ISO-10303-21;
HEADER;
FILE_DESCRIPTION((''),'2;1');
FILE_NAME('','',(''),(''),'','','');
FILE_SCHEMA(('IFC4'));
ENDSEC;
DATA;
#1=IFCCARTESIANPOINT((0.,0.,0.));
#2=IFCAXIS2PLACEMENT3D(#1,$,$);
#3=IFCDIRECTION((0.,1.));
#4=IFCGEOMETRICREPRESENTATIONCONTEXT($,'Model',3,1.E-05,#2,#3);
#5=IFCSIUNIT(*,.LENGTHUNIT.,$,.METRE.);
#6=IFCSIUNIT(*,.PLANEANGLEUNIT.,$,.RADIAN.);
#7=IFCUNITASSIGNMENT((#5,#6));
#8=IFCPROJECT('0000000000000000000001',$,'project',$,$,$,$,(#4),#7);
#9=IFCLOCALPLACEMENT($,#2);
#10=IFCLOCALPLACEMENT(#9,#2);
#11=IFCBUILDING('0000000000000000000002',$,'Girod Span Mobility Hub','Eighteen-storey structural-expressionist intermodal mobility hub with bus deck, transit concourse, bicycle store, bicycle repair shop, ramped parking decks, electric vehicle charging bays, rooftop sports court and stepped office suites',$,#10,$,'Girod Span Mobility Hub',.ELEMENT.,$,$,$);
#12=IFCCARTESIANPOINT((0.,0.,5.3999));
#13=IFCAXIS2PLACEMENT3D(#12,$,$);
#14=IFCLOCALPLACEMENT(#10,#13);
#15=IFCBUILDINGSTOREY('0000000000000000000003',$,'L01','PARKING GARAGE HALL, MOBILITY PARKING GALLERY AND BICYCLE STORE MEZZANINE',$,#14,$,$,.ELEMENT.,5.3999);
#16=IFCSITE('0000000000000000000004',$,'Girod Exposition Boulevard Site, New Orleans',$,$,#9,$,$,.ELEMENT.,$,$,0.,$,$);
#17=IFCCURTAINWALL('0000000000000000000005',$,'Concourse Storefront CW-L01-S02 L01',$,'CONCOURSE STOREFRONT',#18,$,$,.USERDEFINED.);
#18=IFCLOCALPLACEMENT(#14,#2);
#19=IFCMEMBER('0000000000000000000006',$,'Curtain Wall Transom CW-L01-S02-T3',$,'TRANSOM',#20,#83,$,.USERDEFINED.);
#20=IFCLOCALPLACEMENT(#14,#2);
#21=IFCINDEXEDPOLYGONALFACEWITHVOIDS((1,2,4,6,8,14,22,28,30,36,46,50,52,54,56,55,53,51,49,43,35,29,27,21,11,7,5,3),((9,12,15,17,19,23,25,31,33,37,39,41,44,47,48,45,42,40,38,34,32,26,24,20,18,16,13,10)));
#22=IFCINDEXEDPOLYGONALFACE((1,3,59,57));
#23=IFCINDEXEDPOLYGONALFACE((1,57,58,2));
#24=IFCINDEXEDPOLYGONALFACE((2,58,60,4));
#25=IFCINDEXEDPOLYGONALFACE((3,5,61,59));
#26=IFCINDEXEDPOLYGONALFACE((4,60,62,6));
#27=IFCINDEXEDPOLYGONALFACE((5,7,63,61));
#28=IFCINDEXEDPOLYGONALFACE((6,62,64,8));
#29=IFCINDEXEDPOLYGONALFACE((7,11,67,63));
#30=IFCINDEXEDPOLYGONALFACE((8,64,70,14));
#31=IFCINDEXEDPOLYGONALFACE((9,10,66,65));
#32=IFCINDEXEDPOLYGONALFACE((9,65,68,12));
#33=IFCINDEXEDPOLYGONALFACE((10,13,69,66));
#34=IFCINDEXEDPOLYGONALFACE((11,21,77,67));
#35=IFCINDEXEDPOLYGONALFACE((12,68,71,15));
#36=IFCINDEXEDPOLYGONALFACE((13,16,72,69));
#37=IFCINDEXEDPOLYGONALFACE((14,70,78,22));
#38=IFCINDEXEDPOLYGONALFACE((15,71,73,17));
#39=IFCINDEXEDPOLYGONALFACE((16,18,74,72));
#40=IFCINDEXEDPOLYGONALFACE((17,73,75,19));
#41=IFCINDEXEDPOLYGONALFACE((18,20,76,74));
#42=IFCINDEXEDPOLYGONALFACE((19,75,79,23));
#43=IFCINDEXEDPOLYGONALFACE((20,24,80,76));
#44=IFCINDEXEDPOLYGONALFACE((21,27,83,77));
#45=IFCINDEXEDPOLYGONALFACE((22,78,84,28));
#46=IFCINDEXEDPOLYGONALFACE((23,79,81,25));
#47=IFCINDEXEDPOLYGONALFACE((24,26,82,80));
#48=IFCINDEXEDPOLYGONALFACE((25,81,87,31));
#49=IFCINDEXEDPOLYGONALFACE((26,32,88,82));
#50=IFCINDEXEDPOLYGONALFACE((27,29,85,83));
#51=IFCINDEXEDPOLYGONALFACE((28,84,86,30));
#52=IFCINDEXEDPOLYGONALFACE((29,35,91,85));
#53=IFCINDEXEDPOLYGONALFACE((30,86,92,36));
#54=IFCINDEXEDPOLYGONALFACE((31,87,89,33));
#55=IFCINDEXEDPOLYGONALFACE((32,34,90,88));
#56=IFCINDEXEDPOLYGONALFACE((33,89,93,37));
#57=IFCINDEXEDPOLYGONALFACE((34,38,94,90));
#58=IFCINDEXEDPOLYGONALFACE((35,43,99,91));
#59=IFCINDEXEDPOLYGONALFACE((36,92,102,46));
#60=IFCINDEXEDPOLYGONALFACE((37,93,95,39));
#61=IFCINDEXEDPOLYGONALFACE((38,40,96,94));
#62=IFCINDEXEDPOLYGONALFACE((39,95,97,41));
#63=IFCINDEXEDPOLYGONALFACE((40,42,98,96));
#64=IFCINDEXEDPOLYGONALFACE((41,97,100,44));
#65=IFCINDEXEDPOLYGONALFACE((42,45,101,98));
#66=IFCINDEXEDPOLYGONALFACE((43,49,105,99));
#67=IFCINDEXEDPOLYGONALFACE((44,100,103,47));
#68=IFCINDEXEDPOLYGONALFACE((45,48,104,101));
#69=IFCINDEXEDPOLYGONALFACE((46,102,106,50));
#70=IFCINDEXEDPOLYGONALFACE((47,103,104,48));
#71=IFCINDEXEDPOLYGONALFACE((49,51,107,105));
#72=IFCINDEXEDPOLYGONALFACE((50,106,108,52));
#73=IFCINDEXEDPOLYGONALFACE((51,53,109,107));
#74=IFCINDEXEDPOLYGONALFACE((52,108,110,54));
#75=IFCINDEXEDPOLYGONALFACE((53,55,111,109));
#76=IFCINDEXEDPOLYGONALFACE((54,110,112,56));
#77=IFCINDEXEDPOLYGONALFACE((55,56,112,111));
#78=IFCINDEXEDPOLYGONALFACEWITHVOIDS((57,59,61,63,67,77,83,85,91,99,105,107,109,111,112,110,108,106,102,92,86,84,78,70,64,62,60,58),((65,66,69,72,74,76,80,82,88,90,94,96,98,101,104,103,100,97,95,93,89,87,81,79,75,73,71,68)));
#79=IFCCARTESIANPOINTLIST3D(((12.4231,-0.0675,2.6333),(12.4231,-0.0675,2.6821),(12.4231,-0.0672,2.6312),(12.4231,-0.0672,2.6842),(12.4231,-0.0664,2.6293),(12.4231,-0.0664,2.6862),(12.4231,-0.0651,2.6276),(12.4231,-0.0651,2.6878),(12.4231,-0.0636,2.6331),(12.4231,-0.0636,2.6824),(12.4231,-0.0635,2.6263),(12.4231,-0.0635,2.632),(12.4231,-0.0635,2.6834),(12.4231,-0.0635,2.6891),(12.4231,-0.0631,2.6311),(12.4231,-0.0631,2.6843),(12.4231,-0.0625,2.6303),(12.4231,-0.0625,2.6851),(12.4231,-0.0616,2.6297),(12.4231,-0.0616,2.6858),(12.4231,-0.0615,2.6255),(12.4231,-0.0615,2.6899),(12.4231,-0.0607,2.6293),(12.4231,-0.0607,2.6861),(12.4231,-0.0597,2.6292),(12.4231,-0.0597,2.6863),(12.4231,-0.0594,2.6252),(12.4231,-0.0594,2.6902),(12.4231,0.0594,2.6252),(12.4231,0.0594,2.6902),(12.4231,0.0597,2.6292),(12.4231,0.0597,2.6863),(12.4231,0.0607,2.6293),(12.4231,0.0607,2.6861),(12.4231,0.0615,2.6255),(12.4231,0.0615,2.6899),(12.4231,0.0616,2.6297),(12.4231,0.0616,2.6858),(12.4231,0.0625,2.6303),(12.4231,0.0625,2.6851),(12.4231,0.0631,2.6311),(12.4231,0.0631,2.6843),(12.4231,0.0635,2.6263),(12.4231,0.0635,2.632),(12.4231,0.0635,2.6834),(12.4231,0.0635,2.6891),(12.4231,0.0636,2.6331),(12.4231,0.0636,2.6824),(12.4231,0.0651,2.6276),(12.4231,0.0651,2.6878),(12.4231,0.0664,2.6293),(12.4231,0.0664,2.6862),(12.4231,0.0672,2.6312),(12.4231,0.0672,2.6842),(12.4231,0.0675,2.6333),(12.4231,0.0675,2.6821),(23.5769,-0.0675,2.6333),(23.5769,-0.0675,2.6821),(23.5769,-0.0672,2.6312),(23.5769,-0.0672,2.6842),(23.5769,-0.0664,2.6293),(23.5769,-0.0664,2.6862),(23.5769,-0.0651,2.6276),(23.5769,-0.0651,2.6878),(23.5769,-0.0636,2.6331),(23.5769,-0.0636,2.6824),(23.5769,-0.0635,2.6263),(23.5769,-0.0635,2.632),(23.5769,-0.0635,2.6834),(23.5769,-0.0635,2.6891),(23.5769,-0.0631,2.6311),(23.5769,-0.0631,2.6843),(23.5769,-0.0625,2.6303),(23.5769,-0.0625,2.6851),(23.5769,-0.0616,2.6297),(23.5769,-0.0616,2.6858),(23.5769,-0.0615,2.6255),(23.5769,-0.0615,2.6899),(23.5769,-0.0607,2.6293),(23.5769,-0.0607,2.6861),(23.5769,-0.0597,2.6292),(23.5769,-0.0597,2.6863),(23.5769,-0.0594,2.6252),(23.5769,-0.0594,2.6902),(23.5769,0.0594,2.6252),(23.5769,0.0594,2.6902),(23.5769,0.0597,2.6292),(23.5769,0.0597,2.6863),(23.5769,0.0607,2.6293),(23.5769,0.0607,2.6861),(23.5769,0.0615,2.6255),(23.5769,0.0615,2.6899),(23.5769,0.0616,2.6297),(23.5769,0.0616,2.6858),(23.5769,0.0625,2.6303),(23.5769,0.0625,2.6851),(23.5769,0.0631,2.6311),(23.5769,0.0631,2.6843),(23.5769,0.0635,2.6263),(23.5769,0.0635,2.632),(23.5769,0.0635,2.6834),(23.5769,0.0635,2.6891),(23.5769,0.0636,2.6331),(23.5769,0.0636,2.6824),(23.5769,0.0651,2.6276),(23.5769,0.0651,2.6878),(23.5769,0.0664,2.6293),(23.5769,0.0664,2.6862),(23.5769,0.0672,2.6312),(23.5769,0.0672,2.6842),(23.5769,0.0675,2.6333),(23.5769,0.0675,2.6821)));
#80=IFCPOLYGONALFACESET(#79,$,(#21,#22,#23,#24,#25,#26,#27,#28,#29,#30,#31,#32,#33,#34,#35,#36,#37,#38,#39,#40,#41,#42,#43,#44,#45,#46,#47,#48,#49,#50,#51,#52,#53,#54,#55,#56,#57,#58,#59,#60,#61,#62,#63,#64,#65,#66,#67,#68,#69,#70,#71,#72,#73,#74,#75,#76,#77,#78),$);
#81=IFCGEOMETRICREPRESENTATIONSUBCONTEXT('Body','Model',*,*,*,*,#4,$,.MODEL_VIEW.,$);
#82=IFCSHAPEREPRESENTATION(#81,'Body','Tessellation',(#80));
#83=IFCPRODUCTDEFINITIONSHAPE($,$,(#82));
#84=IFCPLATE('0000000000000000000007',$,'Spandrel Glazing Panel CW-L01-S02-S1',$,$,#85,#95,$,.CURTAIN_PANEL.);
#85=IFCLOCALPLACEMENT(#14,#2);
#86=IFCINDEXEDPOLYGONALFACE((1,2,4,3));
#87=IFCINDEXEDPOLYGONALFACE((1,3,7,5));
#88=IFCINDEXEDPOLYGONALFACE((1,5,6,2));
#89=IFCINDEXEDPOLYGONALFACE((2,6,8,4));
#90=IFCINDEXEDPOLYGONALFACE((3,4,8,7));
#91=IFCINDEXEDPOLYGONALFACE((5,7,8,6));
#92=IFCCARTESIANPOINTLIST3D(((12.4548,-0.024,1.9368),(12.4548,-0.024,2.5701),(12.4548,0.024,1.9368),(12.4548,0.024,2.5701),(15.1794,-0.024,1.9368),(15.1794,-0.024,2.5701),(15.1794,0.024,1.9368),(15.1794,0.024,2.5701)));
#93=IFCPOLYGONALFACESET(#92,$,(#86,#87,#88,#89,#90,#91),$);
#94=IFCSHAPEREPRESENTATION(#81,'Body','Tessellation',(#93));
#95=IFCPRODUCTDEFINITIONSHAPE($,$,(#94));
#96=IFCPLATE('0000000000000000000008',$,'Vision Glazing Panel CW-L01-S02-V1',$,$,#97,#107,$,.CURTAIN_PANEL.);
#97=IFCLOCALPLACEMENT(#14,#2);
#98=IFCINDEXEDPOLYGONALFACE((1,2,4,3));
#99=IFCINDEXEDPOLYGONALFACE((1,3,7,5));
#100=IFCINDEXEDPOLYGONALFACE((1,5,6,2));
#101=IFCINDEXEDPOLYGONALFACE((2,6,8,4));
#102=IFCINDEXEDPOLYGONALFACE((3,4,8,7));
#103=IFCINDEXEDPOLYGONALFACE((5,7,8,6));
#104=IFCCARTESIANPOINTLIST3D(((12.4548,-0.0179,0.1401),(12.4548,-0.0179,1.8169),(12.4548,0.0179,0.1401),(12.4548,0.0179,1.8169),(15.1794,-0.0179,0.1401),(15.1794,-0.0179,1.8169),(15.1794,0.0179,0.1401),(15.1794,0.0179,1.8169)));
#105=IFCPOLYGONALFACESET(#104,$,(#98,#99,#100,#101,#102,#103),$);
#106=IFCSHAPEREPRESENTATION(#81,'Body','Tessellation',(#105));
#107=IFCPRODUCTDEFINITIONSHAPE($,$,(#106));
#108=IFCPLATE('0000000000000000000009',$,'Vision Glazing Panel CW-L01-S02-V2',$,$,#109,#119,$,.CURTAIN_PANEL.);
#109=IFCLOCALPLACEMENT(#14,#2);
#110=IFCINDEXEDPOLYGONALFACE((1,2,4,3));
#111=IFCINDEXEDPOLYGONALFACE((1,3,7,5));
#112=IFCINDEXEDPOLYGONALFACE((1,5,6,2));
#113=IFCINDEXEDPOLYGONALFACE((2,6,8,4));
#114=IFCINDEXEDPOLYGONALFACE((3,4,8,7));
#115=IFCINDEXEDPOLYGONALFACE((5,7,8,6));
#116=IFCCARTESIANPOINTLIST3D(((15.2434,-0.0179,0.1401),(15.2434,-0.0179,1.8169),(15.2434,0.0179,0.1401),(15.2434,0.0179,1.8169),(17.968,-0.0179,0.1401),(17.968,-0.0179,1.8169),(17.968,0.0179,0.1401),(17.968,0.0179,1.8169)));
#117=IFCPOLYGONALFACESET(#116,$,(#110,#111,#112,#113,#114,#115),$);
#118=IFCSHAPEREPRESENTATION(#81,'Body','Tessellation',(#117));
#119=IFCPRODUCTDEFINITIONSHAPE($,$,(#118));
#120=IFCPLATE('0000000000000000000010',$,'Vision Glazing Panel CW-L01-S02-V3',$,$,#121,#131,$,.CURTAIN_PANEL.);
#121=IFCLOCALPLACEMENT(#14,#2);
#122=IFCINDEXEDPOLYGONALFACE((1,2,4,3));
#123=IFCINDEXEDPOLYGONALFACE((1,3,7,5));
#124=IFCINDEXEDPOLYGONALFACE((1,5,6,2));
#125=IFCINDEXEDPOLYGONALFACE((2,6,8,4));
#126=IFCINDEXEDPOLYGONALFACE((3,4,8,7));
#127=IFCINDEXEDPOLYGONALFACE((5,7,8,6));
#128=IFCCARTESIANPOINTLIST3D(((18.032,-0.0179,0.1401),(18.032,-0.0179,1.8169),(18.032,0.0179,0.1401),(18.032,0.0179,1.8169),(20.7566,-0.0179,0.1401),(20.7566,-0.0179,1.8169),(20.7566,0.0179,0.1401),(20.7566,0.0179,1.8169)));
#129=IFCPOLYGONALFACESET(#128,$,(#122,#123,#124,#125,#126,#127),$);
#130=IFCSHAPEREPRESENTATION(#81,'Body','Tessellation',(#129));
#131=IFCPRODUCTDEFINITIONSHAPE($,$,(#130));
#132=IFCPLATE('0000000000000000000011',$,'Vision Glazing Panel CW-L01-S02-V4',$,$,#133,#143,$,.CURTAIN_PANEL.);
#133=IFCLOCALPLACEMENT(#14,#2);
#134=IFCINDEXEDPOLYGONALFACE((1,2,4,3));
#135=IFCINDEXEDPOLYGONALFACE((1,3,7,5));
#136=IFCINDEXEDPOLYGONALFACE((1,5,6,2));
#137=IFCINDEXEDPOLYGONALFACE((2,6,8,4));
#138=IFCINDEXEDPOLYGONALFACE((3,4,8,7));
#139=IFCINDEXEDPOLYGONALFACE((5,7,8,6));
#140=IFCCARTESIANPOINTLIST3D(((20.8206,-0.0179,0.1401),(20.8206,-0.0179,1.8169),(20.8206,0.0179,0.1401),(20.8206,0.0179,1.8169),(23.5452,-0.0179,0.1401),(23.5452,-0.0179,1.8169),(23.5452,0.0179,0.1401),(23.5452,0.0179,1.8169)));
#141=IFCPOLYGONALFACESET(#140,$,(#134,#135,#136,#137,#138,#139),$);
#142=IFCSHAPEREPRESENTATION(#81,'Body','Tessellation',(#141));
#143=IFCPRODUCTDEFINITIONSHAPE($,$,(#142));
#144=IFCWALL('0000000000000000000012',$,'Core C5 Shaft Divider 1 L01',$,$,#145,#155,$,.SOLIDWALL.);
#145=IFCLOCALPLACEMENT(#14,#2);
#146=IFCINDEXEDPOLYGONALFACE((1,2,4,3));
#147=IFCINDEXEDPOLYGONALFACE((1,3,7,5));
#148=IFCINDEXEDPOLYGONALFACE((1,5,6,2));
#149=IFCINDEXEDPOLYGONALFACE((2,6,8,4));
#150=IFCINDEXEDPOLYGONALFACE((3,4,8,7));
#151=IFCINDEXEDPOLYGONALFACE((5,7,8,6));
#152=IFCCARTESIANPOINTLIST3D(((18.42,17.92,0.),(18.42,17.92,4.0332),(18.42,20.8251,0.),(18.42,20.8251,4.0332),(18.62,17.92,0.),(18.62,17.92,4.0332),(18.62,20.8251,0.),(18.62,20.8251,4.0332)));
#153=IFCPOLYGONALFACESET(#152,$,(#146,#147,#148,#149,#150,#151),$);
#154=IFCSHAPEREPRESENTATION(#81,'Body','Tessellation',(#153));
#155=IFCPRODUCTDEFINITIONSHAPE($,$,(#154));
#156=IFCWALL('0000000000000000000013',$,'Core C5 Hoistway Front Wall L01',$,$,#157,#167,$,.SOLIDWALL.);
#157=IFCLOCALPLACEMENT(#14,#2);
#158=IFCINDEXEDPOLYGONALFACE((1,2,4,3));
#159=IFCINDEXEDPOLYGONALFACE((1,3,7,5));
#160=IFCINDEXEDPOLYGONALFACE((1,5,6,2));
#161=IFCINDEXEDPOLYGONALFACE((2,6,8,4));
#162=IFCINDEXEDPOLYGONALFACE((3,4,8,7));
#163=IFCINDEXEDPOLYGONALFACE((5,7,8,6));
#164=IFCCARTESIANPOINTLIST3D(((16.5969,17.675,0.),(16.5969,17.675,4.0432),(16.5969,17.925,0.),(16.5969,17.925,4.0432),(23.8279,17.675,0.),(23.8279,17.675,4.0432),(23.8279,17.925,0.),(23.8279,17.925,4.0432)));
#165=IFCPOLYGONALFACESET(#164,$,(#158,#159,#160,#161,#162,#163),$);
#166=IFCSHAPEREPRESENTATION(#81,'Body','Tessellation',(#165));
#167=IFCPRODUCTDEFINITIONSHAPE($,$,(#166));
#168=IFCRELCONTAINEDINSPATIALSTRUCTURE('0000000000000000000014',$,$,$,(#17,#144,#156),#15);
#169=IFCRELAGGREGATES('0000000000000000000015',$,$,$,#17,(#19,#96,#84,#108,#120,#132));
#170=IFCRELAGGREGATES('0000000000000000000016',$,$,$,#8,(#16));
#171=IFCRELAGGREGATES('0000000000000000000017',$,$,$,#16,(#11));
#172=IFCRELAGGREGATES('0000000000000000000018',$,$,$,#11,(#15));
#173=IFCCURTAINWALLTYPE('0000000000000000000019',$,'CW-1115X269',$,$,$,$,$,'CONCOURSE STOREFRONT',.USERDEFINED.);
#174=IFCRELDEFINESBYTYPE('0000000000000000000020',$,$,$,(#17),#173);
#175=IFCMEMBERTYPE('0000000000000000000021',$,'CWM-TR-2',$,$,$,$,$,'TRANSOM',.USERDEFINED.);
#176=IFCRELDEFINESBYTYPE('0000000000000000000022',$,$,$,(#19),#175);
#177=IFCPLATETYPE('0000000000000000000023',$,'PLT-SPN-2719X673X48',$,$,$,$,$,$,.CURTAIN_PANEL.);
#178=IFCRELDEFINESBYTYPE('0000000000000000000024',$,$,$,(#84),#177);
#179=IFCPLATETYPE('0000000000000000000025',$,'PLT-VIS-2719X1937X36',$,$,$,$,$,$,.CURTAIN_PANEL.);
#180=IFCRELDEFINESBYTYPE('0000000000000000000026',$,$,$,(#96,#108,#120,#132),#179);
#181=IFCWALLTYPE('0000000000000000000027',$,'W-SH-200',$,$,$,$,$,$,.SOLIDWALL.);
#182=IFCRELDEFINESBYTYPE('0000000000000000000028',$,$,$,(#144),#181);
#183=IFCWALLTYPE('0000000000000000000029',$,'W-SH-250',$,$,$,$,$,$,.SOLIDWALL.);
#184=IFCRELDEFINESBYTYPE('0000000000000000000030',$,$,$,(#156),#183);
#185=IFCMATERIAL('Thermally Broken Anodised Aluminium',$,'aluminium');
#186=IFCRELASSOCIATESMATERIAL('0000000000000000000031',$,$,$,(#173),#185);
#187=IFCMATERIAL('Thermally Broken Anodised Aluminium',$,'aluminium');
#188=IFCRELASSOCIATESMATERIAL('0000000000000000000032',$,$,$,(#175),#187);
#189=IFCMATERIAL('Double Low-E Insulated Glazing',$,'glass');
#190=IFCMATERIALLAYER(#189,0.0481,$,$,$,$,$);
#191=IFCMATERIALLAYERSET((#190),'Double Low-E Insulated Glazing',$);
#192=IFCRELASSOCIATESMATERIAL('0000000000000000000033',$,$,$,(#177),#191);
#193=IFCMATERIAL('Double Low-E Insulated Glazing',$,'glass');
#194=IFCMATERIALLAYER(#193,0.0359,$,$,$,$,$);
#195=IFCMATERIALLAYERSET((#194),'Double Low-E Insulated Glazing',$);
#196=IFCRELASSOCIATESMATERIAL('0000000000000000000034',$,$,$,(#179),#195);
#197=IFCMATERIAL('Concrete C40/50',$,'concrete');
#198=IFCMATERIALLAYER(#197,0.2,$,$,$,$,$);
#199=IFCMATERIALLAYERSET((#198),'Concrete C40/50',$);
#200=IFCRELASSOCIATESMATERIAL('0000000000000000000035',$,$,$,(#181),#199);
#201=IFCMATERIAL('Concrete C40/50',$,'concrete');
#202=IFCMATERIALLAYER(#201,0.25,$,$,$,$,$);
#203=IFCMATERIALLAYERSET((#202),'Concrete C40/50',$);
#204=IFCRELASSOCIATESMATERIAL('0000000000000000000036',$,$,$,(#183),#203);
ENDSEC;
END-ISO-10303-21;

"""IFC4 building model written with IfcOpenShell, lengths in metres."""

from ifc_helpers import new_model, si_unit, direction, frame, frame_2d, origin, origin_2d, place, context, subcontext, project, spatial, rectangle, hollow_rectangle, extrude, material, layer, layer_set, material_profile, profile_set, type_object, element, aggregate, save


model = new_model("IFC4")

# Units and contexts
model_context = context("Model", 3, precision=1e-05, world=origin(), true_north=direction((0.0, 1.0)))
body_context = subcontext(model_context, "Body", "Model", "MODEL_VIEW")
ifc_project = project(units=[si_unit("LENGTHUNIT", "METRE"), si_unit("PLANEANGLEUNIT", "RADIAN")], contexts=[model_context])

# Site, building, storey
site_placement = place(None, origin())
site = spatial("IfcSite", under=ifc_project, at=site_placement, Name="Girod Exposition Boulevard Site, New Orleans", CompositionType="ELEMENT", RefElevation=0.0)
building_placement = place(site_placement, origin())
building = spatial("IfcBuilding", under=site, at=building_placement, Name="Girod Span Mobility Hub", Description="Eighteen-storey structural-expressionist intermodal mobility hub with bus deck, transit concourse, bicycle store, bicycle repair shop, ramped parking decks, electric vehicle charging bays, rooftop sports court and stepped office suites", LongName="Girod Span Mobility Hub", CompositionType="ELEMENT")
storey_placement = place(building_placement, frame((0.0, 0.0, 5.3999)))
storey = spatial("IfcBuildingStorey", under=building, at=storey_placement, Name="L01", Description="PARKING GARAGE HALL, MOBILITY PARKING GALLERY AND BICYCLE STORE MEZZANINE", CompositionType="ELEMENT", Elevation=5.3999)

# Curtain wall, member, plates
ifc_material_1 = material(Name="Thermally Broken Anodised Aluminium", Category="aluminium")
curtain_wall_type = type_object("IfcCurtainWallType", Name="CW-1115X269", ElementType="CONCOURSE STOREFRONT", PredefinedType="USERDEFINED", material=ifc_material_1)
curtain_wall_placement = place(storey_placement, origin())
curtain_wall = element("IfcCurtainWall", 1, at=curtain_wall_placement, inside=storey, type_object=curtain_wall_type, Name="Concourse Storefront CW-L01-S02 L01", ObjectType="CONCOURSE STOREFRONT", PredefinedType="USERDEFINED")
ifc_material_2 = material(Name="Thermally Broken Anodised Aluminium", Category="aluminium")
ifc_material_profile_1 = material_profile(ifc_material_2, hollow_rectangle(XDim=0.135, YDim=0.0649, WallThickness=0.0039, InnerFilletRadius=0.0039, OuterFilletRadius=0.0081, at=origin_2d()), Name="CW-TR-65X135")
ifc_profile_set_1 = profile_set([ifc_material_profile_1], Name="Thermally Broken Anodised Aluminium")
member_type_1 = type_object("IfcMemberType", Name="CWM-TR-2", ElementType="TRANSOM", PredefinedType="USERDEFINED", material=ifc_profile_set_1)
member_1_placement = place(storey_placement, frame((12.4231, 0.0, 2.6577), z_axis=(1.0, 0.0, 0.0), x_axis=(0.0, 1.0, 0.0)))
member_1 = element("IfcMember", 2, at=member_1_placement, type_object=member_type_1, Name="Curtain Wall Transom CW-L01-S02-T3", ObjectType="TRANSOM", PredefinedType="USERDEFINED", context=body_context, shape_type="SweptSolid", body=[
    extrude(hollow_rectangle(XDim=0.135, YDim=0.0649, WallThickness=0.0039, InnerFilletRadius=0.0039, OuterFilletRadius=0.0081, at=origin_2d()), origin(), (0.0, 0.0, 1.0), 11.1538),
])
ifc_material_3 = material(Name="Double Low-E Insulated Glazing", Category="glass")
ifc_layer_1 = layer(ifc_material_3, 0.0481)
ifc_layer_set_1 = layer_set([ifc_layer_1], Name="Double Low-E Insulated Glazing")
plate_type_1 = type_object("IfcPlateType", Name="PLT-SPN-2719X673X48", PredefinedType="CURTAIN_PANEL", material=ifc_layer_set_1)
plate_1_placement = place(storey_placement, frame((13.8171, 0.0, 1.9368), z_axis=(0.0, 0.0, 1.0), x_axis=(1.0, 0.0, 0.0)))
plate_1 = element("IfcPlate", 3, at=plate_1_placement, type_object=plate_type_1, Name="Spandrel Glazing Panel CW-L01-S02-S1", PredefinedType="CURTAIN_PANEL", context=body_context, shape_type="SweptSolid", body=[
    extrude(rectangle(XDim=2.7246, YDim=0.0481, at=origin_2d()), origin(), (0.0, 0.0, 1.0), 0.6333),
])
ifc_material_4 = material(Name="Double Low-E Insulated Glazing", Category="glass")
ifc_layer_2 = layer(ifc_material_4, 0.0359)
ifc_layer_set_2 = layer_set([ifc_layer_2], Name="Double Low-E Insulated Glazing")
plate_type_2 = type_object("IfcPlateType", Name="PLT-VIS-2719X1937X36", PredefinedType="CURTAIN_PANEL", material=ifc_layer_set_2)
plate_2_placement = place(storey_placement, frame((13.8171, 0.0, 0.1401), z_axis=(0.0, 0.0, 1.0), x_axis=(1.0, 0.0, 0.0)))
plate_2 = element("IfcPlate", 4, at=plate_2_placement, type_object=plate_type_2, Name="Vision Glazing Panel CW-L01-S02-V1", PredefinedType="CURTAIN_PANEL", context=body_context, shape_type="SweptSolid", body=[
    extrude(rectangle(XDim=2.7246, YDim=0.0359, at=origin_2d()), origin(), (0.0, 0.0, 1.0), 1.6768),
])
plate_3_placement = place(storey_placement, frame((16.6057, 0.0, 0.1401), z_axis=(0.0, 0.0, 1.0), x_axis=(1.0, 0.0, 0.0)))
plate_3 = element("IfcPlate", 5, at=plate_3_placement, type_object=plate_type_2, Name="Vision Glazing Panel CW-L01-S02-V2", PredefinedType="CURTAIN_PANEL", context=body_context, shape_type="SweptSolid", body=[
    extrude(rectangle(XDim=2.7246, YDim=0.0359, at=origin_2d()), origin(), (0.0, 0.0, 1.0), 1.6768),
])
plate_4_placement = place(storey_placement, frame((19.3943, 0.0, 0.1401), z_axis=(0.0, 0.0, 1.0), x_axis=(1.0, 0.0, 0.0)))
plate_4 = element("IfcPlate", 6, at=plate_4_placement, type_object=plate_type_2, Name="Vision Glazing Panel CW-L01-S02-V3", PredefinedType="CURTAIN_PANEL", context=body_context, shape_type="SweptSolid", body=[
    extrude(rectangle(XDim=2.7246, YDim=0.0359, at=origin_2d()), origin(), (0.0, 0.0, 1.0), 1.6768),
])
plate_5_placement = place(storey_placement, frame((22.1829, 0.0, 0.1401), z_axis=(0.0, 0.0, 1.0), x_axis=(1.0, 0.0, 0.0)))
plate_5 = element("IfcPlate", 7, at=plate_5_placement, type_object=plate_type_2, Name="Vision Glazing Panel CW-L01-S02-V4", PredefinedType="CURTAIN_PANEL", context=body_context, shape_type="SweptSolid", body=[
    extrude(rectangle(XDim=2.7246, YDim=0.0359, at=origin_2d()), origin(), (0.0, 0.0, 1.0), 1.6768),
])
aggregate(curtain_wall, [member_1, plate_2, plate_1, plate_3, plate_4, plate_5])

# Walls
ifc_material_5 = material(Name="Concrete C40/50", Category="concrete")
ifc_layer_3 = layer(ifc_material_5, 0.2)
ifc_layer_set_3 = layer_set([ifc_layer_3], Name="Concrete C40/50")
wall_type_1 = type_object("IfcWallType", Name="W-SH-200", PredefinedType="SOLIDWALL", material=ifc_layer_set_3)
wall_1_placement = place(storey_placement, frame((18.52, 17.9199, 0.0), z_axis=(0.0, 0.0, 1.0), x_axis=(0.0, 1.0, 0.0)))
element("IfcWall", 8, at=wall_1_placement, inside=storey, type_object=wall_type_1, Name="Core C5 Shaft Divider 1 L01", PredefinedType="SOLIDWALL", context=body_context, shape_type="SweptSolid", body=[
    extrude(rectangle(XDim=2.905, YDim=0.2, at=frame_2d((1.4526, 0.0))), origin(), (0.0, 0.0, 1.0), 4.0332),
])
ifc_material_6 = material(Name="Concrete C40/50", Category="concrete")
ifc_layer_4 = layer(ifc_material_6, 0.25)
ifc_layer_set_4 = layer_set([ifc_layer_4], Name="Concrete C40/50")
wall_type_2 = type_object("IfcWallType", Name="W-SH-250", PredefinedType="SOLIDWALL", material=ifc_layer_set_4)
wall_2_placement = place(storey_placement, frame((16.5969, 17.8, 0.0), z_axis=(0.0, 0.0, 1.0), x_axis=(1.0, 0.0, 0.0)))
element("IfcWall", 9, at=wall_2_placement, inside=storey, type_object=wall_type_2, Name="Core C5 Hoistway Front Wall L01", PredefinedType="SOLIDWALL", context=body_context, shape_type="SweptSolid", body=[
    extrude(rectangle(XDim=7.231, YDim=0.25, at=frame_2d((3.6155, 0.0))), origin(), (0.0, 0.0, 1.0), 4.0432),
])

save(model, "model.ifc")
